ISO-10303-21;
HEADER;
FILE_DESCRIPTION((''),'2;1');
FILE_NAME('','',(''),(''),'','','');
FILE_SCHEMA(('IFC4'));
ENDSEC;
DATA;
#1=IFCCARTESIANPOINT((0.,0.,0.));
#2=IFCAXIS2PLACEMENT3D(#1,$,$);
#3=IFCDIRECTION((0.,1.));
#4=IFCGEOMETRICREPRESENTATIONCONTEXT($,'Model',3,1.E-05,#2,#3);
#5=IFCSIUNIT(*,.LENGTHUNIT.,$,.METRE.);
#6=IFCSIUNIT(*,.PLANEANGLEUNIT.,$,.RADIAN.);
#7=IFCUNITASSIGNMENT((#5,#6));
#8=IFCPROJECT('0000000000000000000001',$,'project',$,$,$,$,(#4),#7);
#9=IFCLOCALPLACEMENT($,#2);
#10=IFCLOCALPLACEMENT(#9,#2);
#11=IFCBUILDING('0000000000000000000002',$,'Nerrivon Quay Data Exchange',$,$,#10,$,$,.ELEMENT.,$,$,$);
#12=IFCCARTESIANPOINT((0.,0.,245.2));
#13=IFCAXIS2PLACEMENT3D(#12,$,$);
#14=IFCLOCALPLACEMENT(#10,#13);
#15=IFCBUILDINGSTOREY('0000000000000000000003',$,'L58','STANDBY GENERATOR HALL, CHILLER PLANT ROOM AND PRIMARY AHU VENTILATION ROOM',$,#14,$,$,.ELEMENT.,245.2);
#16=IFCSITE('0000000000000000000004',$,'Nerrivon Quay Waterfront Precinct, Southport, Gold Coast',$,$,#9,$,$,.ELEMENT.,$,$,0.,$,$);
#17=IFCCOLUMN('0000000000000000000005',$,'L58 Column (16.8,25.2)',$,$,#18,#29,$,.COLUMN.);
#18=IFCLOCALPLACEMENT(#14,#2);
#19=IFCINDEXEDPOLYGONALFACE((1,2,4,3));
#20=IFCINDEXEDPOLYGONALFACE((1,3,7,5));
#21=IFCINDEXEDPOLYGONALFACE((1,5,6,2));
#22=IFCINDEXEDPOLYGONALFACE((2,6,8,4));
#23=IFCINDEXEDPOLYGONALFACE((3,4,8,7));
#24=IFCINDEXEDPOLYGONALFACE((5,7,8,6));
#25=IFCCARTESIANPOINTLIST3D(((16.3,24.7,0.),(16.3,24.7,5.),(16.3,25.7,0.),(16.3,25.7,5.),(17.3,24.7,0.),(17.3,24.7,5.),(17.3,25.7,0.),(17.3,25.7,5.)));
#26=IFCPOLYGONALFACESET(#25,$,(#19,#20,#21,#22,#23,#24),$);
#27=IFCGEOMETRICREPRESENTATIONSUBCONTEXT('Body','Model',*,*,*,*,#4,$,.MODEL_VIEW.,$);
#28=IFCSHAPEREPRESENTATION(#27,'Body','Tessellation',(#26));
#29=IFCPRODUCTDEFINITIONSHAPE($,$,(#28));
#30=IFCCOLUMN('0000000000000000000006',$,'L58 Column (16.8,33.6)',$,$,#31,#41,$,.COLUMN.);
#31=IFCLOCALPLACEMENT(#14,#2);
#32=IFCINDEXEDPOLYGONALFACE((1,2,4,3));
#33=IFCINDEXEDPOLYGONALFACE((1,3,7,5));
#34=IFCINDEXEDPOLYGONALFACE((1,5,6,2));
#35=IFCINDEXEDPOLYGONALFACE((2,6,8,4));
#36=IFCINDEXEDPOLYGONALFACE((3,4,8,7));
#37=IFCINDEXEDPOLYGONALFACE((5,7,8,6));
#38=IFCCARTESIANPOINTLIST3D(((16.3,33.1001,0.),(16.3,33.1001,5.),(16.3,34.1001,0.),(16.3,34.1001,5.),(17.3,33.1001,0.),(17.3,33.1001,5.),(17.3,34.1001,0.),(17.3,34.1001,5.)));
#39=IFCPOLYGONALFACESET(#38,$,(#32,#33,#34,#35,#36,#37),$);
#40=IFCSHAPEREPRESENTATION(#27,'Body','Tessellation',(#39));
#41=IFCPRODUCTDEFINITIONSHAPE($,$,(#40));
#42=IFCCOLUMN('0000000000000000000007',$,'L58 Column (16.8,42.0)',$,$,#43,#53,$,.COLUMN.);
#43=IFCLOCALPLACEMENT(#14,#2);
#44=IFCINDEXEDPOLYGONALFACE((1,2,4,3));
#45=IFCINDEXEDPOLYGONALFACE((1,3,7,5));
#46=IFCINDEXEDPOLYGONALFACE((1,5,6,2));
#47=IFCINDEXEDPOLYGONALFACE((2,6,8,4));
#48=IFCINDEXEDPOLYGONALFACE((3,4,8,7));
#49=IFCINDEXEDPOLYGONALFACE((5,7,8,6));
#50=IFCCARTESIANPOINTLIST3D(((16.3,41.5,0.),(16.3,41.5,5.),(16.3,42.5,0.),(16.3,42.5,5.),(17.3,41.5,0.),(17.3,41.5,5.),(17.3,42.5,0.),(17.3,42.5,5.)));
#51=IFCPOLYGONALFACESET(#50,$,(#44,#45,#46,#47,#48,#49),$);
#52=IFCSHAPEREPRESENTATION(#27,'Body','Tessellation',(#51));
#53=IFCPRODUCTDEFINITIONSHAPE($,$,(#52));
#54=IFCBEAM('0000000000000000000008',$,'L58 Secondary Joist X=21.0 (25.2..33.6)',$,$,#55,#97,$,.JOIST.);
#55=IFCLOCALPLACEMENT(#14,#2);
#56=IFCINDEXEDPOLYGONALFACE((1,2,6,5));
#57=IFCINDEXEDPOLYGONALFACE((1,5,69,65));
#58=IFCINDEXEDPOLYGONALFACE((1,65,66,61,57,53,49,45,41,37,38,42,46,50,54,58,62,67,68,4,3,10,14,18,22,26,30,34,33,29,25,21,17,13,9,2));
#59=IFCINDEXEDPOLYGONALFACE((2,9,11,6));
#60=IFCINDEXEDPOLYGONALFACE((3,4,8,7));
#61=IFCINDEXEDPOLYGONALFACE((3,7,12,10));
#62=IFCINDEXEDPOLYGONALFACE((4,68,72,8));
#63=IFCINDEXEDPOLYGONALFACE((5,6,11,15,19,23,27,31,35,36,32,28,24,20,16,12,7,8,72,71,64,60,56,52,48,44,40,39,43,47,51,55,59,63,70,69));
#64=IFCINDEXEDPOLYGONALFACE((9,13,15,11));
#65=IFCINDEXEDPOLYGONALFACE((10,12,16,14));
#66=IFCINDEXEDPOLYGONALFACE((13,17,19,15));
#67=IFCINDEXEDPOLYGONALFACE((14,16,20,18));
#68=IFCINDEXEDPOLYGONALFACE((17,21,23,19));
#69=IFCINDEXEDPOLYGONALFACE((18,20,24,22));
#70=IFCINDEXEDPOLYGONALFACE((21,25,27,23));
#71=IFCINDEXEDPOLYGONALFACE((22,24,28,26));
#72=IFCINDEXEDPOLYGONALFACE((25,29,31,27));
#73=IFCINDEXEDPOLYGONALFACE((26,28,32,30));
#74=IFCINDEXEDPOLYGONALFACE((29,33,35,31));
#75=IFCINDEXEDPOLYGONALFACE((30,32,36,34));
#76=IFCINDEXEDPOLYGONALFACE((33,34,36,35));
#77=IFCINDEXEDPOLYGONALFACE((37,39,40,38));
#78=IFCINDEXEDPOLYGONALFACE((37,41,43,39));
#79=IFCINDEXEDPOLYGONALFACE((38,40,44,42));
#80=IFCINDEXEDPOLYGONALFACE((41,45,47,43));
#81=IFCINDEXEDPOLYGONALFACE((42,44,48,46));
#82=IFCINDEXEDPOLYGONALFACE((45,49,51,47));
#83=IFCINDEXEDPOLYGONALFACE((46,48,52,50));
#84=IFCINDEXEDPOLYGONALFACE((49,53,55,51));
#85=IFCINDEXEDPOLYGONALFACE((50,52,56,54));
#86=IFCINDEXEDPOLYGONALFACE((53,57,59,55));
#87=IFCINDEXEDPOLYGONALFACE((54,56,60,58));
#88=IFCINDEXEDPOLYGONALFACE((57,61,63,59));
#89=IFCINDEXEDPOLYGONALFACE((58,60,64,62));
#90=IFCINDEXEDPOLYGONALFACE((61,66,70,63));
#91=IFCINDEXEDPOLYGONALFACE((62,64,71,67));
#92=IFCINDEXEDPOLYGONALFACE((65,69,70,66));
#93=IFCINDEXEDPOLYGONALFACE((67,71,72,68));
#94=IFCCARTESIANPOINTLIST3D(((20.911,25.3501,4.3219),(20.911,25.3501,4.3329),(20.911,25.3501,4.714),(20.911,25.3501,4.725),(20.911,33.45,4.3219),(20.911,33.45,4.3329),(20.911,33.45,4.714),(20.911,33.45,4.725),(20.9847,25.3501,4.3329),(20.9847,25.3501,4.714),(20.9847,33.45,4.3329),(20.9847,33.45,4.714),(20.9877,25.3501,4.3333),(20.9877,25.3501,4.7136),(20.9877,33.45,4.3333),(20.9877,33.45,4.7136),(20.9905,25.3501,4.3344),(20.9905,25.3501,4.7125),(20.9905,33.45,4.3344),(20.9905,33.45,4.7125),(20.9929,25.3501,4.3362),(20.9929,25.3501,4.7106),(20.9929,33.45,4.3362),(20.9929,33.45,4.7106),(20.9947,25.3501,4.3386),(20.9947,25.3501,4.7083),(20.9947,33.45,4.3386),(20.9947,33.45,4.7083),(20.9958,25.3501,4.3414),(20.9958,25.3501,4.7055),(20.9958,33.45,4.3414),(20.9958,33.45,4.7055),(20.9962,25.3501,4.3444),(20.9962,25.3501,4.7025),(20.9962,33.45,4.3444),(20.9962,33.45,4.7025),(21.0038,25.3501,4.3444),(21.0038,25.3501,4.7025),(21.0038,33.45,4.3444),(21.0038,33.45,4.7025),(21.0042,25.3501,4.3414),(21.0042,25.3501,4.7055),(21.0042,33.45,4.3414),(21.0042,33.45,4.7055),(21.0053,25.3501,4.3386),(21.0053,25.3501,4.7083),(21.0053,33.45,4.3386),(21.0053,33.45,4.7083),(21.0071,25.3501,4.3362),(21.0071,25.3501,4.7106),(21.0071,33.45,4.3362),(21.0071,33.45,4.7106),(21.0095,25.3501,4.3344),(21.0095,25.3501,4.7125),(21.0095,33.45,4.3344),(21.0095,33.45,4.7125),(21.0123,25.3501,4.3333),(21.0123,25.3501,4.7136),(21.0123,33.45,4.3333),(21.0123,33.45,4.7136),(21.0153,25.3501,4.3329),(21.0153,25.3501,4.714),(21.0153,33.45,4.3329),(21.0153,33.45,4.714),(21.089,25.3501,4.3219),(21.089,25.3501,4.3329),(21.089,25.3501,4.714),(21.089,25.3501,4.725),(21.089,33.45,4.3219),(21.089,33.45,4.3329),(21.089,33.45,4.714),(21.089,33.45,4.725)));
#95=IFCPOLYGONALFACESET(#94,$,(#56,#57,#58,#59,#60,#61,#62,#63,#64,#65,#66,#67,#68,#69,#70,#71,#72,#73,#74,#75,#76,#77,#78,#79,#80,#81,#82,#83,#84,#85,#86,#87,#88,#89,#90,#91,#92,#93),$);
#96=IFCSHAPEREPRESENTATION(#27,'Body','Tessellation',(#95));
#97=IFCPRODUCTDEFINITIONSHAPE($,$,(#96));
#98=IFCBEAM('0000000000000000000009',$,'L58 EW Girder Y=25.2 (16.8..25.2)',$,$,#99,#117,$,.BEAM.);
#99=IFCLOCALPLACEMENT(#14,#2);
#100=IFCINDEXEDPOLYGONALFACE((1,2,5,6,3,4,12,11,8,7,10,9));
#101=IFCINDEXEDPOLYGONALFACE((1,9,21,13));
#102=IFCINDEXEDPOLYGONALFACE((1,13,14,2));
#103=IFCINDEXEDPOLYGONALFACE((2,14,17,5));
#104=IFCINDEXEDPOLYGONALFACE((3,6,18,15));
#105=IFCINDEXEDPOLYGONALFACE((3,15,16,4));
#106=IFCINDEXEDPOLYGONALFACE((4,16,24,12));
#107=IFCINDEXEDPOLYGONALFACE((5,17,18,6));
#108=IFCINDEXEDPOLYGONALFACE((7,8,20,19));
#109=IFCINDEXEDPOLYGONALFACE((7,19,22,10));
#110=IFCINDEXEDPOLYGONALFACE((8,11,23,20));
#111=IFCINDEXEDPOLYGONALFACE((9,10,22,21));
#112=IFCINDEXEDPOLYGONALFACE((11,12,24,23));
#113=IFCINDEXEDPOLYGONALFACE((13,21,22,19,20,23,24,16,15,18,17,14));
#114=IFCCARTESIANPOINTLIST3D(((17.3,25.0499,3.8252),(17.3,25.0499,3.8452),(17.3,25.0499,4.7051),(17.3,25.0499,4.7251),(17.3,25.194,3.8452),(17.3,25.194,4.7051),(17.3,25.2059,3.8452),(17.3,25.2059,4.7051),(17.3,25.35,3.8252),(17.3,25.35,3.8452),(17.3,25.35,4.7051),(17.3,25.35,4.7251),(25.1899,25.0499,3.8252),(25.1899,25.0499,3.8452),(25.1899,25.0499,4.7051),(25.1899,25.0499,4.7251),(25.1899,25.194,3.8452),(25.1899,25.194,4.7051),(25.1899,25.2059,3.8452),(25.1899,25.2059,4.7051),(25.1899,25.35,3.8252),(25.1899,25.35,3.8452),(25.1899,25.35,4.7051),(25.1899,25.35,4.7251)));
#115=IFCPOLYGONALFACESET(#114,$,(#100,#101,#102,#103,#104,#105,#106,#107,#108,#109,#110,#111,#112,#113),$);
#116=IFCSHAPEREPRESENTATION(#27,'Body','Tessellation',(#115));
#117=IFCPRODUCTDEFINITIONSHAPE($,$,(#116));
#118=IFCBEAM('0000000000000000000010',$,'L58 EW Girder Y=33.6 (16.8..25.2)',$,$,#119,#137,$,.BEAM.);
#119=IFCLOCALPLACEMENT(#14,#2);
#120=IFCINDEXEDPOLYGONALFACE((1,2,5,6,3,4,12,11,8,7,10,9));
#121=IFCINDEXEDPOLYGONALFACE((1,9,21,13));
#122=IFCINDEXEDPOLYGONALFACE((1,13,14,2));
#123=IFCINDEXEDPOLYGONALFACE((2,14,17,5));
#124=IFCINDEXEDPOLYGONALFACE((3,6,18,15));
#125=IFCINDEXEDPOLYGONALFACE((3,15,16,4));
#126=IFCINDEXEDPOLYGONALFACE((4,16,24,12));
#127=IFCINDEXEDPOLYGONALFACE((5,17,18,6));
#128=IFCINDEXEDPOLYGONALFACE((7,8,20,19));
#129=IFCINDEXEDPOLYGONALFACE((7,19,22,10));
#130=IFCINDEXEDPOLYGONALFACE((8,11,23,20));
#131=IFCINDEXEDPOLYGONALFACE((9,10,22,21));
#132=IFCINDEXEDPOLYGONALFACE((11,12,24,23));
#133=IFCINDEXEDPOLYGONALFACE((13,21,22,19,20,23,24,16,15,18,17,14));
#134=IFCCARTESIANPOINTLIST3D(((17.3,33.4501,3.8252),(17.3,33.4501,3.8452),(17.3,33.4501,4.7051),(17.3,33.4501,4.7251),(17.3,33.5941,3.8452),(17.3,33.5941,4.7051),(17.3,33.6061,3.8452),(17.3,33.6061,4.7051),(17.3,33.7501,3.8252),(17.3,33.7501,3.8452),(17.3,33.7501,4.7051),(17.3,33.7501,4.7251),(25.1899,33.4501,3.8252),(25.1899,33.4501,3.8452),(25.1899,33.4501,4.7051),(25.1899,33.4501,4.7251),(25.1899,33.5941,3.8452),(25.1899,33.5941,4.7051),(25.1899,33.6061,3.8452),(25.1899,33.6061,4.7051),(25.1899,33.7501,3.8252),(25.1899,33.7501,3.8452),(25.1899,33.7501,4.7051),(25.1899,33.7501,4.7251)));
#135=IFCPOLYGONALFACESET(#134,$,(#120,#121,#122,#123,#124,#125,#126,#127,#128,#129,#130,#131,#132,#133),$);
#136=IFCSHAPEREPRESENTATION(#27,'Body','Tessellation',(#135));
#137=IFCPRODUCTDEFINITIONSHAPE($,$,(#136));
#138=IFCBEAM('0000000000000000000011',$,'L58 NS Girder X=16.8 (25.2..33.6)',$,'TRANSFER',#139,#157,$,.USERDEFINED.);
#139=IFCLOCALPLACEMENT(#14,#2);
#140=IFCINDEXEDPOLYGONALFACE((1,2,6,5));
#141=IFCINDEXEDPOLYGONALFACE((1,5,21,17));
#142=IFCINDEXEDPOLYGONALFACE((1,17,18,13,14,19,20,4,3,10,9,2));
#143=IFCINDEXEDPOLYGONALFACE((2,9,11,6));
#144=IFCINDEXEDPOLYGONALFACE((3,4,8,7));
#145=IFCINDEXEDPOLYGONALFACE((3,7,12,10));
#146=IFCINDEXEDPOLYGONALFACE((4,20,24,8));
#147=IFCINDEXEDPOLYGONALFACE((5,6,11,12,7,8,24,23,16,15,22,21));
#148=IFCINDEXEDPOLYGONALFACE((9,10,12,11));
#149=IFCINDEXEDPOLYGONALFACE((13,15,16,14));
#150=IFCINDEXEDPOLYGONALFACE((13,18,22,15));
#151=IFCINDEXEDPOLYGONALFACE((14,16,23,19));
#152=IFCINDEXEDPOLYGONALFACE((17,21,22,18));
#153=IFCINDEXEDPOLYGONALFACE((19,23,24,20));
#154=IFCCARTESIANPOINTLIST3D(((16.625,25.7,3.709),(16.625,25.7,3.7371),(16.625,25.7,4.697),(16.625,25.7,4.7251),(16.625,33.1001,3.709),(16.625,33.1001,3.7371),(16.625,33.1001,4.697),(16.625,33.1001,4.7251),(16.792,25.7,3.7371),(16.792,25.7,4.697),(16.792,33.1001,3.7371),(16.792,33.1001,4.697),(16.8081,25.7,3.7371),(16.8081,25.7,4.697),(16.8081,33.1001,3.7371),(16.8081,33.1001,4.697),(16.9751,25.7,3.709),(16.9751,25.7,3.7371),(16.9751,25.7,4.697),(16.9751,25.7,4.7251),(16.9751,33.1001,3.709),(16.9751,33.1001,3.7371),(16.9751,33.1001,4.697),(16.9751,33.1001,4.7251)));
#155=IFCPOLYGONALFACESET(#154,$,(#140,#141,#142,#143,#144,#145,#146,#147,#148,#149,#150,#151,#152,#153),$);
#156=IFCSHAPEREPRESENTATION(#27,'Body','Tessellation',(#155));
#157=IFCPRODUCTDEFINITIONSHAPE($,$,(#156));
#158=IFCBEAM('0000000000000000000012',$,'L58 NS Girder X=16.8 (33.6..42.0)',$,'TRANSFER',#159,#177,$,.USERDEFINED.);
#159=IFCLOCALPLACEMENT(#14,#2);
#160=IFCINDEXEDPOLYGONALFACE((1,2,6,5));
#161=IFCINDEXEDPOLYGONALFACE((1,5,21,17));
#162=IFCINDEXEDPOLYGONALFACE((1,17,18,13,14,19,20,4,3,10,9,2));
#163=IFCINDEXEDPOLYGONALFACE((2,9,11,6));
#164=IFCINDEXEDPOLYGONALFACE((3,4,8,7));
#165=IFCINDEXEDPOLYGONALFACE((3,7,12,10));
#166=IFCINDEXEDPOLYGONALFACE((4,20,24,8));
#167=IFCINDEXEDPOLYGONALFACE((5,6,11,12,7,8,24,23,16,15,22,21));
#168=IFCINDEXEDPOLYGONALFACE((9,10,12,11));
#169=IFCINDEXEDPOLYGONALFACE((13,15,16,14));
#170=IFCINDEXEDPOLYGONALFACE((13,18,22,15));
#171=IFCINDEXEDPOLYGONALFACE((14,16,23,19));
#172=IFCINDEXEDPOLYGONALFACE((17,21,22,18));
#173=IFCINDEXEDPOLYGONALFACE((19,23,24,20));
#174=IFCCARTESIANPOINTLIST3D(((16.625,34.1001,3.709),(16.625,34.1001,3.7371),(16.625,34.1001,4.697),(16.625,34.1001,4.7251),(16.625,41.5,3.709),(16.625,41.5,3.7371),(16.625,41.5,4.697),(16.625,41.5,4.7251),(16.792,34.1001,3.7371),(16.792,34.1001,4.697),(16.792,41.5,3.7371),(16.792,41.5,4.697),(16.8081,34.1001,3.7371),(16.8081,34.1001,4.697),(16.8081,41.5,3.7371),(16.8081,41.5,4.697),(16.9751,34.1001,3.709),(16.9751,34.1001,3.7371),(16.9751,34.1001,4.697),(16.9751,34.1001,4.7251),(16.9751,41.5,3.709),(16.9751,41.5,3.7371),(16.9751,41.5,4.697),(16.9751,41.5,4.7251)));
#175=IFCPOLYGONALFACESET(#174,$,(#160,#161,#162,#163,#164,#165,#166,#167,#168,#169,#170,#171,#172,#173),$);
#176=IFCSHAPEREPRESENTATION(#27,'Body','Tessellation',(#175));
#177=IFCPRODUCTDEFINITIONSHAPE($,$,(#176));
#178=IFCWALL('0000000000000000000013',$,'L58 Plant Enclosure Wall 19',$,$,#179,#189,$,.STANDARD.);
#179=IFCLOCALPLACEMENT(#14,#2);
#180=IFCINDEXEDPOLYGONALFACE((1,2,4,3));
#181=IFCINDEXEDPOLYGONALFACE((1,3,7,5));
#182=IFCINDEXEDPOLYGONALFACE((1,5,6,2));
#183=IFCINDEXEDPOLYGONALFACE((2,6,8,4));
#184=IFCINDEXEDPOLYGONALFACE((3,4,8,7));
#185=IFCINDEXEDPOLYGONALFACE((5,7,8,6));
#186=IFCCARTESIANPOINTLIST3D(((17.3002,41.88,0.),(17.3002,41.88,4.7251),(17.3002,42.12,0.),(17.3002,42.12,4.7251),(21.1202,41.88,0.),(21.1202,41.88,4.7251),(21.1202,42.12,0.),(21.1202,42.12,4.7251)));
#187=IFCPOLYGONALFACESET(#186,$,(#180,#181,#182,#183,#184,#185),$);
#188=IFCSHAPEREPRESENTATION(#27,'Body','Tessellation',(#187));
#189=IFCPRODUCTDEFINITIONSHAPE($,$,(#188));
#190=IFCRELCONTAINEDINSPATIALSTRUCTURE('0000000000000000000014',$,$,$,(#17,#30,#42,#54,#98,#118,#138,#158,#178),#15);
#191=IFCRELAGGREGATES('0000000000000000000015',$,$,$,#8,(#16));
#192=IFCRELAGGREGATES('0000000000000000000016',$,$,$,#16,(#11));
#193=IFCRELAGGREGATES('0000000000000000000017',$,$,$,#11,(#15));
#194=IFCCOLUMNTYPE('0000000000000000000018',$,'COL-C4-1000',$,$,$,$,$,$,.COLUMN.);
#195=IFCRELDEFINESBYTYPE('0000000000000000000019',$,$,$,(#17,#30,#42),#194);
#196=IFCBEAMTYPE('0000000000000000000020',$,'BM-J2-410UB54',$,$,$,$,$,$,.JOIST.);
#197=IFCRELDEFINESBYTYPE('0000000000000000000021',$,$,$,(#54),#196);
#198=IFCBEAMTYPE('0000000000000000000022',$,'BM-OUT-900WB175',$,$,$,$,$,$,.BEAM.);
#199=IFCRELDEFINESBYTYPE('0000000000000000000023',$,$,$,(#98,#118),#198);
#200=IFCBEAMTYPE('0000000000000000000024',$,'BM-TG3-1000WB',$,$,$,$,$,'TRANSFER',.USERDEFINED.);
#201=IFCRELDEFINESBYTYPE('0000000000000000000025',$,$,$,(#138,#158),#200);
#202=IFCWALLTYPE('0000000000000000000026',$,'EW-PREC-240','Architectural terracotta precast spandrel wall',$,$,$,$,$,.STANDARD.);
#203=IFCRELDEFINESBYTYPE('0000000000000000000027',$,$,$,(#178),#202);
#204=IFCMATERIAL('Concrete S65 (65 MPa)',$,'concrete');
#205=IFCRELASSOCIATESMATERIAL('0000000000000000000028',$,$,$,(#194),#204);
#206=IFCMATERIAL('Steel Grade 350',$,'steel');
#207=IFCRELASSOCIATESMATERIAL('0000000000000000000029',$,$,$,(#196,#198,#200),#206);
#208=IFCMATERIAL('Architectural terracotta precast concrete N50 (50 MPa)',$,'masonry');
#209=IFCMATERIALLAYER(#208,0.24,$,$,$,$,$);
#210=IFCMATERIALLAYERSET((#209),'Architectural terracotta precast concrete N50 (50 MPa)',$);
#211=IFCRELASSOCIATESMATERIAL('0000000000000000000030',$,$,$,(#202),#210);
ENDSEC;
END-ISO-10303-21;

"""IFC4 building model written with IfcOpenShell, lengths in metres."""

from ifc_helpers import new_model, si_unit, direction, frame, frame_2d, origin, origin_2d, place, context, subcontext, project, spatial, rectangle, i_section, extrude, material, layer, layer_set, material_profile, profile_set, type_object, element, save


model = new_model("IFC4")

# Units and contexts
model_context = context("Model", 3, precision=1e-05, world=origin(), true_north=direction((0.0, 1.0)))
body_context = subcontext(model_context, "Body", "Model", "MODEL_VIEW")
ifc_project = project(units=[si_unit("LENGTHUNIT", "METRE"), si_unit("PLANEANGLEUNIT", "RADIAN")], contexts=[model_context])

# Site, building, storey
site_placement = place(None, origin())
site = spatial("IfcSite", under=ifc_project, at=site_placement, Name="Nerrivon Quay Waterfront Precinct, Southport, Gold Coast", CompositionType="ELEMENT", RefElevation=0.0)
building_placement = place(site_placement, origin())
building = spatial("IfcBuilding", under=site, at=building_placement, Name="Nerrivon Quay Data Exchange", CompositionType="ELEMENT")
storey_placement = place(building_placement, frame((0.0, 0.0, 245.2)))
storey = spatial("IfcBuildingStorey", under=building, at=storey_placement, Name="L58", Description="STANDBY GENERATOR HALL, CHILLER PLANT ROOM AND PRIMARY AHU VENTILATION ROOM", CompositionType="ELEMENT", Elevation=245.2)

# Columns
ifc_material_1 = material(Name="Concrete S65 (65 MPa)", Category="concrete")
ifc_material_profile_1 = material_profile(ifc_material_1, rectangle(XDim=1.0, YDim=1.0, at=origin_2d()), Name="RC-COL-1000x1000")
ifc_profile_set_1 = profile_set([ifc_material_profile_1], Name="Concrete S65 (65 MPa)")
column_type = type_object("IfcColumnType", Name="COL-C4-1000", PredefinedType="COLUMN", material=ifc_profile_set_1)
for number, where, z_axis, x_axis, name in (
    (1, (16.8, 25.2, 0.0), (0.0, 0.0, 1.0), (1.0, 0.0, 0.0), "L58 Column (16.8,25.2)"),
    (2, (16.8, 33.6001, 0.0), (0.0, 0.0, 1.0), (1.0, 0.0, 0.0), "L58 Column (16.8,33.6)"),
    (3, (16.8, 42.0, 0.0), (0.0, 0.0, 1.0), (1.0, 0.0, 0.0), "L58 Column (16.8,42.0)"),
):
    element("IfcColumn", number, at=place(storey_placement, frame(where, z_axis=z_axis, x_axis=x_axis)), inside=storey, type_object=column_type, Name=name, PredefinedType="COLUMN", context=body_context, shape_type="SweptSolid", body=[
        extrude(rectangle(XDim=1.0, YDim=1.0, at=origin_2d()), origin(), (0.0, 0.0, 1.0), 5.0),
    ])

# Beams
ifc_material_2 = material(Name="Steel Grade 350", Category="steel")
ifc_material_profile_2 = material_profile(ifc_material_2, i_section(OverallWidth=0.178, OverallDepth=0.4031, WebThickness=0.0076, FlangeThickness=0.011, FilletRadius=0.0115, at=origin_2d()), Name="410UB53.7")
ifc_profile_set_2 = profile_set([ifc_material_profile_2], Name="Steel Grade 350")
beam_type_1 = type_object("IfcBeamType", Name="BM-J2-410UB54", PredefinedType="JOIST", material=ifc_profile_set_2)
beam_1_placement = place(storey_placement, frame((21.0, 25.3501, 4.5234), z_axis=(0.0, 1.0, 0.0), x_axis=(-1.0, 0.0, 0.0)))
element("IfcBeam", 4, at=beam_1_placement, inside=storey, type_object=beam_type_1, Name="L58 Secondary Joist X=21.0 (25.2..33.6)", PredefinedType="JOIST", context=body_context, shape_type="SweptSolid", body=[
    extrude(i_section(OverallWidth=0.178, OverallDepth=0.4031, WebThickness=0.0076, FlangeThickness=0.011, FilletRadius=0.0115, at=origin_2d()), origin(), (0.0, 0.0, 1.0), 8.0999),
])
ifc_material_profile_3 = material_profile(ifc_material_2, i_section(OverallWidth=0.3, OverallDepth=0.8999, WebThickness=0.012, FlangeThickness=0.02, at=origin_2d()), Name="900WB175")
ifc_profile_set_3 = profile_set([ifc_material_profile_3], Name="Steel Grade 350")
beam_type_2 = type_object("IfcBeamType", Name="BM-OUT-900WB175", PredefinedType="BEAM", material=ifc_profile_set_3)
for number, where, z_axis, x_axis, name in (
    (5, (17.3, 25.2, 4.2751), (1.0, 0.0, 0.0), (0.0, 1.0, 0.0), "L58 EW Girder Y=25.2 (16.8..25.2)"),
    (6, (17.3, 33.6001, 4.2751), (1.0, 0.0, 0.0), (0.0, 1.0, 0.0), "L58 EW Girder Y=33.6 (16.8..25.2)"),
):
    element("IfcBeam", number, at=place(storey_placement, frame(where, z_axis=z_axis, x_axis=x_axis)), inside=storey, type_object=beam_type_2, Name=name, PredefinedType="BEAM", context=body_context, shape_type="SweptSolid", body=[
        extrude(i_section(OverallWidth=0.3, OverallDepth=0.8999, WebThickness=0.012, FlangeThickness=0.02, at=origin_2d()), origin(), (0.0, 0.0, 1.0), 7.8899),
    ])
ifc_material_profile_4 = material_profile(ifc_material_2, i_section(OverallWidth=0.3501, OverallDepth=1.0161, WebThickness=0.0161, FlangeThickness=0.0281, at=origin_2d()), Name="1000WB258")
ifc_profile_set_4 = profile_set([ifc_material_profile_4], Name="Steel Grade 350")
beam_type_3 = type_object("IfcBeamType", Name="BM-TG3-1000WB", ElementType="TRANSFER", PredefinedType="USERDEFINED", material=ifc_profile_set_4)
beam_2_placement = place(storey_placement, frame((16.8, 25.7, 4.217), z_axis=(0.0, 1.0, 0.0), x_axis=(-1.0, 0.0, 0.0)))
element("IfcBeam", 7, at=beam_2_placement, inside=storey, type_object=beam_type_3, Name="L58 NS Girder X=16.8 (25.2..33.6)", ObjectType="TRANSFER", PredefinedType="USERDEFINED", context=body_context, shape_type="SweptSolid", body=[
    extrude(i_section(OverallWidth=0.3501, OverallDepth=1.0161, WebThickness=0.0161, FlangeThickness=0.0281, at=origin_2d()), origin(), (0.0, 0.0, 1.0), 7.4001),
])
beam_3_placement = place(storey_placement, frame((16.8, 34.1001, 4.217), z_axis=(0.0, 1.0, 0.0), x_axis=(-1.0, 0.0, 0.0)))
element("IfcBeam", 8, at=beam_3_placement, inside=storey, type_object=beam_type_3, Name="L58 NS Girder X=16.8 (33.6..42.0)", ObjectType="TRANSFER", PredefinedType="USERDEFINED", context=body_context, shape_type="SweptSolid", body=[
    extrude(i_section(OverallWidth=0.3501, OverallDepth=1.0161, WebThickness=0.0161, FlangeThickness=0.0281, at=origin_2d()), origin(), (0.0, 0.0, 1.0), 7.3999),
])

# Wall
ifc_material_3 = material(Name="Architectural terracotta precast concrete N50 (50 MPa)", Category="masonry")
ifc_layer_1 = layer(ifc_material_3, 0.24)
ifc_layer_set_1 = layer_set([ifc_layer_1], Name="Architectural terracotta precast concrete N50 (50 MPa)")
wall_type_1 = type_object("IfcWallType", Name="EW-PREC-240", Description="Architectural terracotta precast spandrel wall", PredefinedType="STANDARD", material=ifc_layer_set_1)
wall_1_placement = place(storey_placement, frame((17.3, 42.0, 0.0), z_axis=(0.0, 0.0, 1.0), x_axis=(1.0, 0.0, 0.0)))
element("IfcWall", 9, at=wall_1_placement, inside=storey, type_object=wall_type_1, Name="L58 Plant Enclosure Wall 19", PredefinedType="STANDARD", context=body_context, shape_type="SweptSolid", body=[
    extrude(rectangle(XDim=3.8201, YDim=0.24, at=frame_2d((1.9102, 0.0))), origin(), (0.0, 0.0, 1.0), 4.7251),
])

save(model, "model.ifc")
